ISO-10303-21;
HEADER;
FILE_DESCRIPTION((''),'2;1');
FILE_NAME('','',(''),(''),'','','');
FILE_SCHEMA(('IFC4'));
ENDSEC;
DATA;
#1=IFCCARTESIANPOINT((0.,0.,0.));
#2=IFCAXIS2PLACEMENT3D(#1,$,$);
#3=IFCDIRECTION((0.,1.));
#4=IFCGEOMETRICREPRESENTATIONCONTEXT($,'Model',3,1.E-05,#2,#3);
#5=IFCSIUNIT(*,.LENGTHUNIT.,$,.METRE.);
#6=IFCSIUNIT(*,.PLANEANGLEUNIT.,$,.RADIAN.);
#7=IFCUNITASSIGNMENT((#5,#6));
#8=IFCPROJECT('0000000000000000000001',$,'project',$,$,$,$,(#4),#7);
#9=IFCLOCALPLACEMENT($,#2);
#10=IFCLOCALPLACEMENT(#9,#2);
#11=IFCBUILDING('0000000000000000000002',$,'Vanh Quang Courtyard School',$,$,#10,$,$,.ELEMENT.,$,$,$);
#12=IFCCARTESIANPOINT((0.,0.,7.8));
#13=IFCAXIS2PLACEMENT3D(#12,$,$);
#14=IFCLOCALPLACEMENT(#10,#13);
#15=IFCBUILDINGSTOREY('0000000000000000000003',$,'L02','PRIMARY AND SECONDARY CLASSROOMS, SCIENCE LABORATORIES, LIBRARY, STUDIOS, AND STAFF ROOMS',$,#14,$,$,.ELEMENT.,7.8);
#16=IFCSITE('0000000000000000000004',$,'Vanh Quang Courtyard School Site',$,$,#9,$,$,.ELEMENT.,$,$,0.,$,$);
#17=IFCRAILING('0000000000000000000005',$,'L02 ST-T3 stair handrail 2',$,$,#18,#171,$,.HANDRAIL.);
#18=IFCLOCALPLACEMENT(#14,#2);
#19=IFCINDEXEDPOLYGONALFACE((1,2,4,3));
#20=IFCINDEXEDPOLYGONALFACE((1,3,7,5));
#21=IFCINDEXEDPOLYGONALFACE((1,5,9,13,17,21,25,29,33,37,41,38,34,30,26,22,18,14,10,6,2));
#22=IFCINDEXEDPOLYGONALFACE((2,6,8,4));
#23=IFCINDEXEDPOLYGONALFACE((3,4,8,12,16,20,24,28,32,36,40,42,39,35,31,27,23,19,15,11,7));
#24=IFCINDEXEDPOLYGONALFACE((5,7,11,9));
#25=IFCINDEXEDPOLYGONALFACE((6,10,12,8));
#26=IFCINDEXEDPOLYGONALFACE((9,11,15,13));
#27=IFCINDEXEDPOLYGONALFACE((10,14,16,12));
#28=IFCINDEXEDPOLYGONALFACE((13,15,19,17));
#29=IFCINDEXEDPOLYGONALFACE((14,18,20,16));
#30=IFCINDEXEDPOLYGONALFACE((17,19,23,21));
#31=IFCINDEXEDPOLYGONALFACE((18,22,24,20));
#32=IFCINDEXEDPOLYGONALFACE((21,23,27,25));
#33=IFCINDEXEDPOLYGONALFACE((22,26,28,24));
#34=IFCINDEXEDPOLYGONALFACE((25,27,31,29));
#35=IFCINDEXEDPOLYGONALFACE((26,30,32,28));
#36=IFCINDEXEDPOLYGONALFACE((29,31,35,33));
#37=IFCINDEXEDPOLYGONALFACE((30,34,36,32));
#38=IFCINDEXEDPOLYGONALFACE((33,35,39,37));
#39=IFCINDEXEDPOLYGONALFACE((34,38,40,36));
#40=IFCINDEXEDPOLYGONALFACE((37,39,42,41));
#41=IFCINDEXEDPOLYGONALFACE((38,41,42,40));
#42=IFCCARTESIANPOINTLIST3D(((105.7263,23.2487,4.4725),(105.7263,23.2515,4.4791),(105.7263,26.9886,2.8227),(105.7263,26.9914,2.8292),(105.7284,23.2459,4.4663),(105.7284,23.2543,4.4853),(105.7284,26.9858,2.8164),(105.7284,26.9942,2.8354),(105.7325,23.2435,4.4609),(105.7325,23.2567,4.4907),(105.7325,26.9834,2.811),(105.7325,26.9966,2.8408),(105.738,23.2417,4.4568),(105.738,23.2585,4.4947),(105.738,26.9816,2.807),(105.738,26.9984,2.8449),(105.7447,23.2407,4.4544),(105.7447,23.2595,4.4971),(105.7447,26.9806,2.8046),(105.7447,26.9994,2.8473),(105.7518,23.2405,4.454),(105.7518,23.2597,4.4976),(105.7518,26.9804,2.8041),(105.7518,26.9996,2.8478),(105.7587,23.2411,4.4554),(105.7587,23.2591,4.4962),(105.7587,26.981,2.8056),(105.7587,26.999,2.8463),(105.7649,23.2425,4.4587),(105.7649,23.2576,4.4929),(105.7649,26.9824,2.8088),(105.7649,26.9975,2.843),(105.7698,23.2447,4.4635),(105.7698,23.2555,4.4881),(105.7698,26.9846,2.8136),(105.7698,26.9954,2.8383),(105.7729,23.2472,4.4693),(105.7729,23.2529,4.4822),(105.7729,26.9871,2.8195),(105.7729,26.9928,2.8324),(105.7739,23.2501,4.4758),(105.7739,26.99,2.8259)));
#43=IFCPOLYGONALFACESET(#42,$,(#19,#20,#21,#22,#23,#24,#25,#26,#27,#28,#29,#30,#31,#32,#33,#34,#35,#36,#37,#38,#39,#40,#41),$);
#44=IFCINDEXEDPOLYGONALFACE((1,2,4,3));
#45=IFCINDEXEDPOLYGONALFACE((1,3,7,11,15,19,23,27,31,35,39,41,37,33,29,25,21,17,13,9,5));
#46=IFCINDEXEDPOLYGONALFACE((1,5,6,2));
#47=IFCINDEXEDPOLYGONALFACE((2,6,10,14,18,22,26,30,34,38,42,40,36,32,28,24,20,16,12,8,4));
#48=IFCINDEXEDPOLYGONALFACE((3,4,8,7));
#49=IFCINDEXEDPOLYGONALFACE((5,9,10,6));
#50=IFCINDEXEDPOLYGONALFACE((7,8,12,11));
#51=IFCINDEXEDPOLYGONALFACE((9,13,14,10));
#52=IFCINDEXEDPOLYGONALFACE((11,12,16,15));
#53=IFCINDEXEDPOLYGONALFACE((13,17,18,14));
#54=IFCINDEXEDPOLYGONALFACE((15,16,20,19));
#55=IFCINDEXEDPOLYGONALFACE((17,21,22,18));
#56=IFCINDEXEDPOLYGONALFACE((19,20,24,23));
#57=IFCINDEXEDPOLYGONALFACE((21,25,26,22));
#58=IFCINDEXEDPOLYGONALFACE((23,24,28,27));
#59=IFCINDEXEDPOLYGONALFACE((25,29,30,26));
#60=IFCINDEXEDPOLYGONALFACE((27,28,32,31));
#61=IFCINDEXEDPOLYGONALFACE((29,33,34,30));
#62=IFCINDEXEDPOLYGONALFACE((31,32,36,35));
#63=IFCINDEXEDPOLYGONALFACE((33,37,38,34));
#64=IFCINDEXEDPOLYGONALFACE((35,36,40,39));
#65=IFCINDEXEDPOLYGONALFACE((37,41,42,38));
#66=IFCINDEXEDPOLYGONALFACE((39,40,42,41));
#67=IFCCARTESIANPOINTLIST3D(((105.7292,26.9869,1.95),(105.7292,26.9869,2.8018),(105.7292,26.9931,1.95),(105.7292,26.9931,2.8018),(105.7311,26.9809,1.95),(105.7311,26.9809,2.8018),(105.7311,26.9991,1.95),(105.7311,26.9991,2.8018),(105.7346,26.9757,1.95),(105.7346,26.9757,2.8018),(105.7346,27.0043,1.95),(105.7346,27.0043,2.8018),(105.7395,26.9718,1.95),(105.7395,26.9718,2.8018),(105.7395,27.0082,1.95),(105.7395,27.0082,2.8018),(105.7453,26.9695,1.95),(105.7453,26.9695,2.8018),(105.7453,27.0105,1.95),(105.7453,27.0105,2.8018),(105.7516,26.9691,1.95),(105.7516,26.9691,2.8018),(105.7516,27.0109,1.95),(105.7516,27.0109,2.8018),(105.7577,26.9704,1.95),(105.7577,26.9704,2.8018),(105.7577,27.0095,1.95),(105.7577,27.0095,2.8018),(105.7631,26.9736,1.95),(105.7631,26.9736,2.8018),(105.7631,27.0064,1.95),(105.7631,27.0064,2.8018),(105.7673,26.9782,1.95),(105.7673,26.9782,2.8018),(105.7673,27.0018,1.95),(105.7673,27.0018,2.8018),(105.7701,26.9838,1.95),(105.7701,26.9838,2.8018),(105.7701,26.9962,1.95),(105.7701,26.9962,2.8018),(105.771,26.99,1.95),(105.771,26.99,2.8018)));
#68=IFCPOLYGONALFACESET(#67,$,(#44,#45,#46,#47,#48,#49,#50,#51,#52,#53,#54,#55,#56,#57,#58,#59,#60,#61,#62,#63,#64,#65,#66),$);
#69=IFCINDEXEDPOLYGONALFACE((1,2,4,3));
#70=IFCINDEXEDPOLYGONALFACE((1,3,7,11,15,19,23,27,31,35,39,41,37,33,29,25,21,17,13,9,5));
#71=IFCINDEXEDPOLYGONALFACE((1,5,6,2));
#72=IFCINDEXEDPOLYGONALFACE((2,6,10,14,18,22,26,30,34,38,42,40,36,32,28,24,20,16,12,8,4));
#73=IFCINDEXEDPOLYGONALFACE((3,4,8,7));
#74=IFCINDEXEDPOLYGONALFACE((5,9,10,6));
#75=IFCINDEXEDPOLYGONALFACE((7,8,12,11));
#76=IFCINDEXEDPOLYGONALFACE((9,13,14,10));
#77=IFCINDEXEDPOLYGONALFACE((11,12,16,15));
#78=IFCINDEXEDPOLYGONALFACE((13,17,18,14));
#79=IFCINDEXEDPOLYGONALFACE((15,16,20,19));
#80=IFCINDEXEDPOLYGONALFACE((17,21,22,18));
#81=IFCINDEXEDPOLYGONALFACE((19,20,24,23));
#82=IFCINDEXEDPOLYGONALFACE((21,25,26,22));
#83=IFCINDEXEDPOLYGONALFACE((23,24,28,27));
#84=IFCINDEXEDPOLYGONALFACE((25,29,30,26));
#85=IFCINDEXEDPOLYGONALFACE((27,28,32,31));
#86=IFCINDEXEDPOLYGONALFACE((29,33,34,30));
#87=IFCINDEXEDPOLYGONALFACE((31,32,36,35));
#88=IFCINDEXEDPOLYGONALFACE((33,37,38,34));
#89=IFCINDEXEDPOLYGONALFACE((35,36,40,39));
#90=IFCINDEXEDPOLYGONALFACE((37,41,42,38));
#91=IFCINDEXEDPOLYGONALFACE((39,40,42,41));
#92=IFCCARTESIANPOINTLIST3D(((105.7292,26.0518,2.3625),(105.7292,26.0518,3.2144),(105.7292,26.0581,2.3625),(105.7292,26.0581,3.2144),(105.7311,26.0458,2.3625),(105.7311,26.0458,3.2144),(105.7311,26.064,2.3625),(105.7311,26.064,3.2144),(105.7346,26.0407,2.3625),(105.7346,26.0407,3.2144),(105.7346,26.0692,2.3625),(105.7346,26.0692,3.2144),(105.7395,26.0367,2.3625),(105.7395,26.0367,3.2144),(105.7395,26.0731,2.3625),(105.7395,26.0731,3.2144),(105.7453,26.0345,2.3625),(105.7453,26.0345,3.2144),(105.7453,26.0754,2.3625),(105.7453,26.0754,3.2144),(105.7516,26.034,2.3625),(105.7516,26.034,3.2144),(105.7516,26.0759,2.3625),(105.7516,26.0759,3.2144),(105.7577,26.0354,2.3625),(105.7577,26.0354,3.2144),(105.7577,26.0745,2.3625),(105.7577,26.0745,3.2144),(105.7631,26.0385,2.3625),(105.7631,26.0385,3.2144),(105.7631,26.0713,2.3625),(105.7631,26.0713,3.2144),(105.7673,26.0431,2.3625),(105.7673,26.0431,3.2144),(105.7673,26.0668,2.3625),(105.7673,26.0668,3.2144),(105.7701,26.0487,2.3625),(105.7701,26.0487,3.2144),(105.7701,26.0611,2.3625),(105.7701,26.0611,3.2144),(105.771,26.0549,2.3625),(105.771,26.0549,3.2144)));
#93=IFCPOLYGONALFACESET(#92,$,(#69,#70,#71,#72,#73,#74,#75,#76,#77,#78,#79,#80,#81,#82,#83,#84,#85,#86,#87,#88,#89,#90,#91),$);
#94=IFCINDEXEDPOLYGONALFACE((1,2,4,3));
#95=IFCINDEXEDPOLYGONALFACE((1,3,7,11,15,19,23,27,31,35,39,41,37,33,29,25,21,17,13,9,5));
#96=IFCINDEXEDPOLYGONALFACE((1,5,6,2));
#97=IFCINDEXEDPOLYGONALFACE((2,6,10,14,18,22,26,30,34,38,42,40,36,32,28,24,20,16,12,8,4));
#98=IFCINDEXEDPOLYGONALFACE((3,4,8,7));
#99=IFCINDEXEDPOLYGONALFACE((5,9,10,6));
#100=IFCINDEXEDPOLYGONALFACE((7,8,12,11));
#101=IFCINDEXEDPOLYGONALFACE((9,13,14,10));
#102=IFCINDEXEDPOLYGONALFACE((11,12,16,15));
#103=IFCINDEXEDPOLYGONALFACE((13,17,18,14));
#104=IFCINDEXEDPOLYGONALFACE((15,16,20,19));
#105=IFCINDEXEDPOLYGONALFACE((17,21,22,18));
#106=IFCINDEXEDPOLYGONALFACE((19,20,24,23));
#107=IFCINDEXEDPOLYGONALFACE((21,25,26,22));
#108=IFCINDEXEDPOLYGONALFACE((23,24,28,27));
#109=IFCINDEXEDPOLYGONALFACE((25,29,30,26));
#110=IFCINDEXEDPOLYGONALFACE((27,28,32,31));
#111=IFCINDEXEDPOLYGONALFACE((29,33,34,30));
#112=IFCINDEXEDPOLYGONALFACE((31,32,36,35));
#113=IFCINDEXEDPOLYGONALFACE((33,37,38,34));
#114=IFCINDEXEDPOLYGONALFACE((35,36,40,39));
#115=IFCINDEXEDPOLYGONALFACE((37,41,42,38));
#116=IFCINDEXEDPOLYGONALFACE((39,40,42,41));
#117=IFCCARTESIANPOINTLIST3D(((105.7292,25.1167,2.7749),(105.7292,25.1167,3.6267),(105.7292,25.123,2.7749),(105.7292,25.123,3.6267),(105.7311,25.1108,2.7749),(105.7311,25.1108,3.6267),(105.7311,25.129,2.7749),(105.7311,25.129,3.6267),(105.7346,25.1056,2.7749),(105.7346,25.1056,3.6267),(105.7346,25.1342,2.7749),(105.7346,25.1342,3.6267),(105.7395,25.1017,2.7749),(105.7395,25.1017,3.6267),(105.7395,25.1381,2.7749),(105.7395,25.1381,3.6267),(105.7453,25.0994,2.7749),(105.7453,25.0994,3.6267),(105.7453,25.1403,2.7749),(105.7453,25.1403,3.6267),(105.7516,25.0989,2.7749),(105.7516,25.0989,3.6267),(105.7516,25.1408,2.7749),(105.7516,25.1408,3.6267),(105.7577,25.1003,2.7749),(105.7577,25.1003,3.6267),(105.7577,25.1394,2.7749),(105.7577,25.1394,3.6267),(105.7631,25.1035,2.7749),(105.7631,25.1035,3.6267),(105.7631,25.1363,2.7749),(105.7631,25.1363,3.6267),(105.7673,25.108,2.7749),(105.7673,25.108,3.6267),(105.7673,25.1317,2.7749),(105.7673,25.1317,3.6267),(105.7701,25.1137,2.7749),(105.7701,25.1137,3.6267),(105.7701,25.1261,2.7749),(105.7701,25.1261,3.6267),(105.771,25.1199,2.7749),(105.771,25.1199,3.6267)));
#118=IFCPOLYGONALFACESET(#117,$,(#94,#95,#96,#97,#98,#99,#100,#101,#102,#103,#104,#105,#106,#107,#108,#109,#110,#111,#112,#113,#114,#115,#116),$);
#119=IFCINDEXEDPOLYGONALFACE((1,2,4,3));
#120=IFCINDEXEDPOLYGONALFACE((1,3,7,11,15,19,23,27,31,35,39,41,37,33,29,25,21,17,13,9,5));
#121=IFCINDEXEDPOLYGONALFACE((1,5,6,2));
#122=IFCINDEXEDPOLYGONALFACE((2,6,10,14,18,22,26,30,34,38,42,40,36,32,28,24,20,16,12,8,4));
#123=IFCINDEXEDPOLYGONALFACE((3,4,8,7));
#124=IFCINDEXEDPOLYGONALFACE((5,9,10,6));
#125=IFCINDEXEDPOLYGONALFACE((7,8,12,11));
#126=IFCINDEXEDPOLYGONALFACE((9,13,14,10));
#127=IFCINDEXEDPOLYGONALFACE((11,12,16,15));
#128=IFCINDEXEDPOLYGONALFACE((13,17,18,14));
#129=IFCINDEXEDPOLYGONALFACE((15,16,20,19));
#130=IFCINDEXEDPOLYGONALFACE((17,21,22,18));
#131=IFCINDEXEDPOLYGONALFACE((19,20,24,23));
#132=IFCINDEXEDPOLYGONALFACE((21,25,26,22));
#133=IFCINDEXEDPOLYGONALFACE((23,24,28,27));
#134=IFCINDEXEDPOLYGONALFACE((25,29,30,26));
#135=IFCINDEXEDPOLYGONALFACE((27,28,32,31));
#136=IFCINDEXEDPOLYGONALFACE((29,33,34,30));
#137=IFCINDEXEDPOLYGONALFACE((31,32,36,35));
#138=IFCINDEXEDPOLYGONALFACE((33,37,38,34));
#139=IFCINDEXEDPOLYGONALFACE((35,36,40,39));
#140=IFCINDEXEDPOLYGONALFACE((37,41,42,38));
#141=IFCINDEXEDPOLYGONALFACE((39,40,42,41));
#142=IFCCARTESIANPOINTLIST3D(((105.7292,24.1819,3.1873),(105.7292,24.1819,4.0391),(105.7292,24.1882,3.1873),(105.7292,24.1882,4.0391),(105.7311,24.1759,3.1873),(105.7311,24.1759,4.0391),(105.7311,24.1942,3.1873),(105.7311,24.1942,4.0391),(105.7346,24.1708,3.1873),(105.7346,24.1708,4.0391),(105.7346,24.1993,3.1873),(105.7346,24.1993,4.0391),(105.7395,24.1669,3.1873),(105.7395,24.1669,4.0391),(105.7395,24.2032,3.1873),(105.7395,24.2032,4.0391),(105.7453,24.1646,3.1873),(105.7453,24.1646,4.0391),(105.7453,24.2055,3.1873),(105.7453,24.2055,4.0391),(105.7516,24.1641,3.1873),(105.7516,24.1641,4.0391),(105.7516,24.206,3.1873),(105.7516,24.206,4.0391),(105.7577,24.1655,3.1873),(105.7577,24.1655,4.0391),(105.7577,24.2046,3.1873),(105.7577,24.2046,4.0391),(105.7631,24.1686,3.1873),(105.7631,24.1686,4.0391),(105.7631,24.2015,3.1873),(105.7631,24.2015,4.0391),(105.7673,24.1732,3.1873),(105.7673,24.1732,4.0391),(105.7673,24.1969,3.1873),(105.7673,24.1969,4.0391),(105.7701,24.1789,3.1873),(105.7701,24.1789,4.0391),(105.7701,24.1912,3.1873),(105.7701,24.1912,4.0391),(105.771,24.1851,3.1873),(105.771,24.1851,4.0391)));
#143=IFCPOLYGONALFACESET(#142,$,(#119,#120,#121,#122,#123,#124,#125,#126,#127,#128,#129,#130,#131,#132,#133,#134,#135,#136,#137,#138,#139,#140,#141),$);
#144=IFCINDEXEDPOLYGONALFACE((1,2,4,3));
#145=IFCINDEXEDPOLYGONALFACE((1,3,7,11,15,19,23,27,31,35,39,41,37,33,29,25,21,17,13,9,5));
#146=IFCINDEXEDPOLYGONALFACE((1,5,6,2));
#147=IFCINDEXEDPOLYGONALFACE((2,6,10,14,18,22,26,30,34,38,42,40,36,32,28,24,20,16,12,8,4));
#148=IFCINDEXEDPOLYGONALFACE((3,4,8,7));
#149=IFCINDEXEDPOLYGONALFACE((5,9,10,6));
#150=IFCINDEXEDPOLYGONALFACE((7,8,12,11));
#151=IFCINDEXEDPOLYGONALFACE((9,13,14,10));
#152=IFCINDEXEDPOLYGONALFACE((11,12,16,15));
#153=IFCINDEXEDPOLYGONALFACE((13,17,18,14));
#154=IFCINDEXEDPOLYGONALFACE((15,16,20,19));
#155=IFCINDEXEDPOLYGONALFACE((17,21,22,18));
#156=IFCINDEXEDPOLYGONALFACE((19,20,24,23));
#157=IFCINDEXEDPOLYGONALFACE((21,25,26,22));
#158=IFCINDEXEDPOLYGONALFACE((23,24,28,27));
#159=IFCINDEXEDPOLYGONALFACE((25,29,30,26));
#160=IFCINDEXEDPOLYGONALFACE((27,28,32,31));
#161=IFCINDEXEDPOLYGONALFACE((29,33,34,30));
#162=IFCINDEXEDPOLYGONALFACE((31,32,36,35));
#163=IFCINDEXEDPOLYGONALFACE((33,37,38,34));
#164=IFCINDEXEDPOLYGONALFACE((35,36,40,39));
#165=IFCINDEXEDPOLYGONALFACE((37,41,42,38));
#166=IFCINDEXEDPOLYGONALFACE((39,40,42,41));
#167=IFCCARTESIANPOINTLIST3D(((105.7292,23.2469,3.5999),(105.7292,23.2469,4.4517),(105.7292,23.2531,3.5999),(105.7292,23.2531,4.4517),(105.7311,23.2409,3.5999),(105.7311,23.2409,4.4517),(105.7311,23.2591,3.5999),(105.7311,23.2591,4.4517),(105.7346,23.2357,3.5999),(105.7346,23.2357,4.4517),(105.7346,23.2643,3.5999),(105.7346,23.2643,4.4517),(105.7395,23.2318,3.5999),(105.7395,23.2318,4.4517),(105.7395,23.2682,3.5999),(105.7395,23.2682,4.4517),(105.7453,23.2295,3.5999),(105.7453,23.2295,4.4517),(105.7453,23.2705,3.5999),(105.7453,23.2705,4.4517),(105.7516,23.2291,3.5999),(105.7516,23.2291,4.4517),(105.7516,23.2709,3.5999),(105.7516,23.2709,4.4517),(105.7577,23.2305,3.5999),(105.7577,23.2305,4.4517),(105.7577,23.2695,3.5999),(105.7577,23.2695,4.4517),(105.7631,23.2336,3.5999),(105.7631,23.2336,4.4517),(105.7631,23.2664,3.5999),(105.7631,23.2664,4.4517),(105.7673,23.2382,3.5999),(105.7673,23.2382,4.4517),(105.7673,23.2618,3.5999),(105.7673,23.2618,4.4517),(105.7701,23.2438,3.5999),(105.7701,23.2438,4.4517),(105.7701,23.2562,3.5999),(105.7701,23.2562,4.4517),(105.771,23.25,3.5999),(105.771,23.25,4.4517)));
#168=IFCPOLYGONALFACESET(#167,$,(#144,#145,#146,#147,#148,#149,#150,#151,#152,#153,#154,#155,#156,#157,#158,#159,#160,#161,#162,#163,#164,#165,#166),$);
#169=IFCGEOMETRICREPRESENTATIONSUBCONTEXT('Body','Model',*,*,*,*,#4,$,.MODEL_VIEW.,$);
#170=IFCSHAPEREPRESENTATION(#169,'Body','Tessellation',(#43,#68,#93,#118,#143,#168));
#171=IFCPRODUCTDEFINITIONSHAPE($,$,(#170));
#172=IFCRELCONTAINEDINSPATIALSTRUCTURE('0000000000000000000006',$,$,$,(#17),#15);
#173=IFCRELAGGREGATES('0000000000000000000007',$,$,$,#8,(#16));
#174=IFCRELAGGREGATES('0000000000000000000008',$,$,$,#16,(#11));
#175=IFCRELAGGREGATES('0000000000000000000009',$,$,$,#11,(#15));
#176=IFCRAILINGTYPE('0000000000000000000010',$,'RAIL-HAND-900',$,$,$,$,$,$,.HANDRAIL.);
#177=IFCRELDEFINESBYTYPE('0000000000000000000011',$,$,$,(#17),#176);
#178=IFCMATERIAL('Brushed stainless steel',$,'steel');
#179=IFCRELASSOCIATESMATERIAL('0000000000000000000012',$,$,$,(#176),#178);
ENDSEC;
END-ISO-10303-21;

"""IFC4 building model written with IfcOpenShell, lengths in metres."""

from ifc_helpers import new_model, si_unit, direction, frame, origin, origin_2d, place, context, subcontext, project, spatial, circle, extrude, material, type_object, element, save


model = new_model("IFC4")

# Units and contexts
model_context = context("Model", 3, precision=1e-05, world=origin(), true_north=direction((0.0, 1.0)))
body_context = subcontext(model_context, "Body", "Model", "MODEL_VIEW")
ifc_project = project(units=[si_unit("LENGTHUNIT", "METRE"), si_unit("PLANEANGLEUNIT", "RADIAN")], contexts=[model_context])

# Site, building, storey
site_placement = place(None, origin())
site = spatial("IfcSite", under=ifc_project, at=site_placement, Name="Vanh Quang Courtyard School Site", CompositionType="ELEMENT", RefElevation=0.0)
building_placement = place(site_placement, origin())
building = spatial("IfcBuilding", under=site, at=building_placement, Name="Vanh Quang Courtyard School", CompositionType="ELEMENT")
storey_placement = place(building_placement, frame((0.0, 0.0, 7.8)))
storey = spatial("IfcBuildingStorey", under=building, at=storey_placement, Name="L02", Description="PRIMARY AND SECONDARY CLASSROOMS, SCIENCE LABORATORIES, LIBRARY, STUDIOS, AND STAFF ROOMS", CompositionType="ELEMENT", Elevation=7.8)

# Railing
ifc_material_1 = material(Name="Brushed stainless steel", Category="steel")
railing_type_1 = type_object("IfcRailingType", Name="RAIL-HAND-900", PredefinedType="HANDRAIL", material=ifc_material_1)
railing_1_placement = place(storey_placement, frame((105.75, 26.99, 1.95)))
element("IfcRailing", 1, at=railing_1_placement, inside=storey, type_object=railing_type_1, Name="L02 ST-T3 stair handrail 2", PredefinedType="HANDRAIL", context=body_context, shape_type="SweptSolid", body=[
    extrude(circle(Radius=0.0239, at=origin_2d()), frame((0.0, 0.0, 0.876), z_axis=(0.0, -0.914926, 0.403621), x_axis=(1.0, 0.0, 0.0)), (0.0, 0.0, 1.0), 4.0876),
    extrude(circle(Radius=0.021, at=origin_2d()), origin(), (0.0, 0.0, 1.0), 0.8518),
    extrude(circle(Radius=0.021, at=origin_2d()), frame((0.0, -0.9351, 0.4126)), (0.0, 0.0, 1.0), 0.8518),
    extrude(circle(Radius=0.021, at=origin_2d()), frame((0.0, -1.8701, 0.825)), (0.0, 0.0, 1.0), 0.8518),
    extrude(circle(Radius=0.021, at=origin_2d()), frame((0.0, -2.8049, 1.2373)), (0.0, 0.0, 1.0), 0.8518),
    extrude(circle(Radius=0.021, at=origin_2d()), frame((0.0, -3.74, 1.6499)), (0.0, 0.0, 1.0), 0.8518),
])

save(model, "model.ifc")
